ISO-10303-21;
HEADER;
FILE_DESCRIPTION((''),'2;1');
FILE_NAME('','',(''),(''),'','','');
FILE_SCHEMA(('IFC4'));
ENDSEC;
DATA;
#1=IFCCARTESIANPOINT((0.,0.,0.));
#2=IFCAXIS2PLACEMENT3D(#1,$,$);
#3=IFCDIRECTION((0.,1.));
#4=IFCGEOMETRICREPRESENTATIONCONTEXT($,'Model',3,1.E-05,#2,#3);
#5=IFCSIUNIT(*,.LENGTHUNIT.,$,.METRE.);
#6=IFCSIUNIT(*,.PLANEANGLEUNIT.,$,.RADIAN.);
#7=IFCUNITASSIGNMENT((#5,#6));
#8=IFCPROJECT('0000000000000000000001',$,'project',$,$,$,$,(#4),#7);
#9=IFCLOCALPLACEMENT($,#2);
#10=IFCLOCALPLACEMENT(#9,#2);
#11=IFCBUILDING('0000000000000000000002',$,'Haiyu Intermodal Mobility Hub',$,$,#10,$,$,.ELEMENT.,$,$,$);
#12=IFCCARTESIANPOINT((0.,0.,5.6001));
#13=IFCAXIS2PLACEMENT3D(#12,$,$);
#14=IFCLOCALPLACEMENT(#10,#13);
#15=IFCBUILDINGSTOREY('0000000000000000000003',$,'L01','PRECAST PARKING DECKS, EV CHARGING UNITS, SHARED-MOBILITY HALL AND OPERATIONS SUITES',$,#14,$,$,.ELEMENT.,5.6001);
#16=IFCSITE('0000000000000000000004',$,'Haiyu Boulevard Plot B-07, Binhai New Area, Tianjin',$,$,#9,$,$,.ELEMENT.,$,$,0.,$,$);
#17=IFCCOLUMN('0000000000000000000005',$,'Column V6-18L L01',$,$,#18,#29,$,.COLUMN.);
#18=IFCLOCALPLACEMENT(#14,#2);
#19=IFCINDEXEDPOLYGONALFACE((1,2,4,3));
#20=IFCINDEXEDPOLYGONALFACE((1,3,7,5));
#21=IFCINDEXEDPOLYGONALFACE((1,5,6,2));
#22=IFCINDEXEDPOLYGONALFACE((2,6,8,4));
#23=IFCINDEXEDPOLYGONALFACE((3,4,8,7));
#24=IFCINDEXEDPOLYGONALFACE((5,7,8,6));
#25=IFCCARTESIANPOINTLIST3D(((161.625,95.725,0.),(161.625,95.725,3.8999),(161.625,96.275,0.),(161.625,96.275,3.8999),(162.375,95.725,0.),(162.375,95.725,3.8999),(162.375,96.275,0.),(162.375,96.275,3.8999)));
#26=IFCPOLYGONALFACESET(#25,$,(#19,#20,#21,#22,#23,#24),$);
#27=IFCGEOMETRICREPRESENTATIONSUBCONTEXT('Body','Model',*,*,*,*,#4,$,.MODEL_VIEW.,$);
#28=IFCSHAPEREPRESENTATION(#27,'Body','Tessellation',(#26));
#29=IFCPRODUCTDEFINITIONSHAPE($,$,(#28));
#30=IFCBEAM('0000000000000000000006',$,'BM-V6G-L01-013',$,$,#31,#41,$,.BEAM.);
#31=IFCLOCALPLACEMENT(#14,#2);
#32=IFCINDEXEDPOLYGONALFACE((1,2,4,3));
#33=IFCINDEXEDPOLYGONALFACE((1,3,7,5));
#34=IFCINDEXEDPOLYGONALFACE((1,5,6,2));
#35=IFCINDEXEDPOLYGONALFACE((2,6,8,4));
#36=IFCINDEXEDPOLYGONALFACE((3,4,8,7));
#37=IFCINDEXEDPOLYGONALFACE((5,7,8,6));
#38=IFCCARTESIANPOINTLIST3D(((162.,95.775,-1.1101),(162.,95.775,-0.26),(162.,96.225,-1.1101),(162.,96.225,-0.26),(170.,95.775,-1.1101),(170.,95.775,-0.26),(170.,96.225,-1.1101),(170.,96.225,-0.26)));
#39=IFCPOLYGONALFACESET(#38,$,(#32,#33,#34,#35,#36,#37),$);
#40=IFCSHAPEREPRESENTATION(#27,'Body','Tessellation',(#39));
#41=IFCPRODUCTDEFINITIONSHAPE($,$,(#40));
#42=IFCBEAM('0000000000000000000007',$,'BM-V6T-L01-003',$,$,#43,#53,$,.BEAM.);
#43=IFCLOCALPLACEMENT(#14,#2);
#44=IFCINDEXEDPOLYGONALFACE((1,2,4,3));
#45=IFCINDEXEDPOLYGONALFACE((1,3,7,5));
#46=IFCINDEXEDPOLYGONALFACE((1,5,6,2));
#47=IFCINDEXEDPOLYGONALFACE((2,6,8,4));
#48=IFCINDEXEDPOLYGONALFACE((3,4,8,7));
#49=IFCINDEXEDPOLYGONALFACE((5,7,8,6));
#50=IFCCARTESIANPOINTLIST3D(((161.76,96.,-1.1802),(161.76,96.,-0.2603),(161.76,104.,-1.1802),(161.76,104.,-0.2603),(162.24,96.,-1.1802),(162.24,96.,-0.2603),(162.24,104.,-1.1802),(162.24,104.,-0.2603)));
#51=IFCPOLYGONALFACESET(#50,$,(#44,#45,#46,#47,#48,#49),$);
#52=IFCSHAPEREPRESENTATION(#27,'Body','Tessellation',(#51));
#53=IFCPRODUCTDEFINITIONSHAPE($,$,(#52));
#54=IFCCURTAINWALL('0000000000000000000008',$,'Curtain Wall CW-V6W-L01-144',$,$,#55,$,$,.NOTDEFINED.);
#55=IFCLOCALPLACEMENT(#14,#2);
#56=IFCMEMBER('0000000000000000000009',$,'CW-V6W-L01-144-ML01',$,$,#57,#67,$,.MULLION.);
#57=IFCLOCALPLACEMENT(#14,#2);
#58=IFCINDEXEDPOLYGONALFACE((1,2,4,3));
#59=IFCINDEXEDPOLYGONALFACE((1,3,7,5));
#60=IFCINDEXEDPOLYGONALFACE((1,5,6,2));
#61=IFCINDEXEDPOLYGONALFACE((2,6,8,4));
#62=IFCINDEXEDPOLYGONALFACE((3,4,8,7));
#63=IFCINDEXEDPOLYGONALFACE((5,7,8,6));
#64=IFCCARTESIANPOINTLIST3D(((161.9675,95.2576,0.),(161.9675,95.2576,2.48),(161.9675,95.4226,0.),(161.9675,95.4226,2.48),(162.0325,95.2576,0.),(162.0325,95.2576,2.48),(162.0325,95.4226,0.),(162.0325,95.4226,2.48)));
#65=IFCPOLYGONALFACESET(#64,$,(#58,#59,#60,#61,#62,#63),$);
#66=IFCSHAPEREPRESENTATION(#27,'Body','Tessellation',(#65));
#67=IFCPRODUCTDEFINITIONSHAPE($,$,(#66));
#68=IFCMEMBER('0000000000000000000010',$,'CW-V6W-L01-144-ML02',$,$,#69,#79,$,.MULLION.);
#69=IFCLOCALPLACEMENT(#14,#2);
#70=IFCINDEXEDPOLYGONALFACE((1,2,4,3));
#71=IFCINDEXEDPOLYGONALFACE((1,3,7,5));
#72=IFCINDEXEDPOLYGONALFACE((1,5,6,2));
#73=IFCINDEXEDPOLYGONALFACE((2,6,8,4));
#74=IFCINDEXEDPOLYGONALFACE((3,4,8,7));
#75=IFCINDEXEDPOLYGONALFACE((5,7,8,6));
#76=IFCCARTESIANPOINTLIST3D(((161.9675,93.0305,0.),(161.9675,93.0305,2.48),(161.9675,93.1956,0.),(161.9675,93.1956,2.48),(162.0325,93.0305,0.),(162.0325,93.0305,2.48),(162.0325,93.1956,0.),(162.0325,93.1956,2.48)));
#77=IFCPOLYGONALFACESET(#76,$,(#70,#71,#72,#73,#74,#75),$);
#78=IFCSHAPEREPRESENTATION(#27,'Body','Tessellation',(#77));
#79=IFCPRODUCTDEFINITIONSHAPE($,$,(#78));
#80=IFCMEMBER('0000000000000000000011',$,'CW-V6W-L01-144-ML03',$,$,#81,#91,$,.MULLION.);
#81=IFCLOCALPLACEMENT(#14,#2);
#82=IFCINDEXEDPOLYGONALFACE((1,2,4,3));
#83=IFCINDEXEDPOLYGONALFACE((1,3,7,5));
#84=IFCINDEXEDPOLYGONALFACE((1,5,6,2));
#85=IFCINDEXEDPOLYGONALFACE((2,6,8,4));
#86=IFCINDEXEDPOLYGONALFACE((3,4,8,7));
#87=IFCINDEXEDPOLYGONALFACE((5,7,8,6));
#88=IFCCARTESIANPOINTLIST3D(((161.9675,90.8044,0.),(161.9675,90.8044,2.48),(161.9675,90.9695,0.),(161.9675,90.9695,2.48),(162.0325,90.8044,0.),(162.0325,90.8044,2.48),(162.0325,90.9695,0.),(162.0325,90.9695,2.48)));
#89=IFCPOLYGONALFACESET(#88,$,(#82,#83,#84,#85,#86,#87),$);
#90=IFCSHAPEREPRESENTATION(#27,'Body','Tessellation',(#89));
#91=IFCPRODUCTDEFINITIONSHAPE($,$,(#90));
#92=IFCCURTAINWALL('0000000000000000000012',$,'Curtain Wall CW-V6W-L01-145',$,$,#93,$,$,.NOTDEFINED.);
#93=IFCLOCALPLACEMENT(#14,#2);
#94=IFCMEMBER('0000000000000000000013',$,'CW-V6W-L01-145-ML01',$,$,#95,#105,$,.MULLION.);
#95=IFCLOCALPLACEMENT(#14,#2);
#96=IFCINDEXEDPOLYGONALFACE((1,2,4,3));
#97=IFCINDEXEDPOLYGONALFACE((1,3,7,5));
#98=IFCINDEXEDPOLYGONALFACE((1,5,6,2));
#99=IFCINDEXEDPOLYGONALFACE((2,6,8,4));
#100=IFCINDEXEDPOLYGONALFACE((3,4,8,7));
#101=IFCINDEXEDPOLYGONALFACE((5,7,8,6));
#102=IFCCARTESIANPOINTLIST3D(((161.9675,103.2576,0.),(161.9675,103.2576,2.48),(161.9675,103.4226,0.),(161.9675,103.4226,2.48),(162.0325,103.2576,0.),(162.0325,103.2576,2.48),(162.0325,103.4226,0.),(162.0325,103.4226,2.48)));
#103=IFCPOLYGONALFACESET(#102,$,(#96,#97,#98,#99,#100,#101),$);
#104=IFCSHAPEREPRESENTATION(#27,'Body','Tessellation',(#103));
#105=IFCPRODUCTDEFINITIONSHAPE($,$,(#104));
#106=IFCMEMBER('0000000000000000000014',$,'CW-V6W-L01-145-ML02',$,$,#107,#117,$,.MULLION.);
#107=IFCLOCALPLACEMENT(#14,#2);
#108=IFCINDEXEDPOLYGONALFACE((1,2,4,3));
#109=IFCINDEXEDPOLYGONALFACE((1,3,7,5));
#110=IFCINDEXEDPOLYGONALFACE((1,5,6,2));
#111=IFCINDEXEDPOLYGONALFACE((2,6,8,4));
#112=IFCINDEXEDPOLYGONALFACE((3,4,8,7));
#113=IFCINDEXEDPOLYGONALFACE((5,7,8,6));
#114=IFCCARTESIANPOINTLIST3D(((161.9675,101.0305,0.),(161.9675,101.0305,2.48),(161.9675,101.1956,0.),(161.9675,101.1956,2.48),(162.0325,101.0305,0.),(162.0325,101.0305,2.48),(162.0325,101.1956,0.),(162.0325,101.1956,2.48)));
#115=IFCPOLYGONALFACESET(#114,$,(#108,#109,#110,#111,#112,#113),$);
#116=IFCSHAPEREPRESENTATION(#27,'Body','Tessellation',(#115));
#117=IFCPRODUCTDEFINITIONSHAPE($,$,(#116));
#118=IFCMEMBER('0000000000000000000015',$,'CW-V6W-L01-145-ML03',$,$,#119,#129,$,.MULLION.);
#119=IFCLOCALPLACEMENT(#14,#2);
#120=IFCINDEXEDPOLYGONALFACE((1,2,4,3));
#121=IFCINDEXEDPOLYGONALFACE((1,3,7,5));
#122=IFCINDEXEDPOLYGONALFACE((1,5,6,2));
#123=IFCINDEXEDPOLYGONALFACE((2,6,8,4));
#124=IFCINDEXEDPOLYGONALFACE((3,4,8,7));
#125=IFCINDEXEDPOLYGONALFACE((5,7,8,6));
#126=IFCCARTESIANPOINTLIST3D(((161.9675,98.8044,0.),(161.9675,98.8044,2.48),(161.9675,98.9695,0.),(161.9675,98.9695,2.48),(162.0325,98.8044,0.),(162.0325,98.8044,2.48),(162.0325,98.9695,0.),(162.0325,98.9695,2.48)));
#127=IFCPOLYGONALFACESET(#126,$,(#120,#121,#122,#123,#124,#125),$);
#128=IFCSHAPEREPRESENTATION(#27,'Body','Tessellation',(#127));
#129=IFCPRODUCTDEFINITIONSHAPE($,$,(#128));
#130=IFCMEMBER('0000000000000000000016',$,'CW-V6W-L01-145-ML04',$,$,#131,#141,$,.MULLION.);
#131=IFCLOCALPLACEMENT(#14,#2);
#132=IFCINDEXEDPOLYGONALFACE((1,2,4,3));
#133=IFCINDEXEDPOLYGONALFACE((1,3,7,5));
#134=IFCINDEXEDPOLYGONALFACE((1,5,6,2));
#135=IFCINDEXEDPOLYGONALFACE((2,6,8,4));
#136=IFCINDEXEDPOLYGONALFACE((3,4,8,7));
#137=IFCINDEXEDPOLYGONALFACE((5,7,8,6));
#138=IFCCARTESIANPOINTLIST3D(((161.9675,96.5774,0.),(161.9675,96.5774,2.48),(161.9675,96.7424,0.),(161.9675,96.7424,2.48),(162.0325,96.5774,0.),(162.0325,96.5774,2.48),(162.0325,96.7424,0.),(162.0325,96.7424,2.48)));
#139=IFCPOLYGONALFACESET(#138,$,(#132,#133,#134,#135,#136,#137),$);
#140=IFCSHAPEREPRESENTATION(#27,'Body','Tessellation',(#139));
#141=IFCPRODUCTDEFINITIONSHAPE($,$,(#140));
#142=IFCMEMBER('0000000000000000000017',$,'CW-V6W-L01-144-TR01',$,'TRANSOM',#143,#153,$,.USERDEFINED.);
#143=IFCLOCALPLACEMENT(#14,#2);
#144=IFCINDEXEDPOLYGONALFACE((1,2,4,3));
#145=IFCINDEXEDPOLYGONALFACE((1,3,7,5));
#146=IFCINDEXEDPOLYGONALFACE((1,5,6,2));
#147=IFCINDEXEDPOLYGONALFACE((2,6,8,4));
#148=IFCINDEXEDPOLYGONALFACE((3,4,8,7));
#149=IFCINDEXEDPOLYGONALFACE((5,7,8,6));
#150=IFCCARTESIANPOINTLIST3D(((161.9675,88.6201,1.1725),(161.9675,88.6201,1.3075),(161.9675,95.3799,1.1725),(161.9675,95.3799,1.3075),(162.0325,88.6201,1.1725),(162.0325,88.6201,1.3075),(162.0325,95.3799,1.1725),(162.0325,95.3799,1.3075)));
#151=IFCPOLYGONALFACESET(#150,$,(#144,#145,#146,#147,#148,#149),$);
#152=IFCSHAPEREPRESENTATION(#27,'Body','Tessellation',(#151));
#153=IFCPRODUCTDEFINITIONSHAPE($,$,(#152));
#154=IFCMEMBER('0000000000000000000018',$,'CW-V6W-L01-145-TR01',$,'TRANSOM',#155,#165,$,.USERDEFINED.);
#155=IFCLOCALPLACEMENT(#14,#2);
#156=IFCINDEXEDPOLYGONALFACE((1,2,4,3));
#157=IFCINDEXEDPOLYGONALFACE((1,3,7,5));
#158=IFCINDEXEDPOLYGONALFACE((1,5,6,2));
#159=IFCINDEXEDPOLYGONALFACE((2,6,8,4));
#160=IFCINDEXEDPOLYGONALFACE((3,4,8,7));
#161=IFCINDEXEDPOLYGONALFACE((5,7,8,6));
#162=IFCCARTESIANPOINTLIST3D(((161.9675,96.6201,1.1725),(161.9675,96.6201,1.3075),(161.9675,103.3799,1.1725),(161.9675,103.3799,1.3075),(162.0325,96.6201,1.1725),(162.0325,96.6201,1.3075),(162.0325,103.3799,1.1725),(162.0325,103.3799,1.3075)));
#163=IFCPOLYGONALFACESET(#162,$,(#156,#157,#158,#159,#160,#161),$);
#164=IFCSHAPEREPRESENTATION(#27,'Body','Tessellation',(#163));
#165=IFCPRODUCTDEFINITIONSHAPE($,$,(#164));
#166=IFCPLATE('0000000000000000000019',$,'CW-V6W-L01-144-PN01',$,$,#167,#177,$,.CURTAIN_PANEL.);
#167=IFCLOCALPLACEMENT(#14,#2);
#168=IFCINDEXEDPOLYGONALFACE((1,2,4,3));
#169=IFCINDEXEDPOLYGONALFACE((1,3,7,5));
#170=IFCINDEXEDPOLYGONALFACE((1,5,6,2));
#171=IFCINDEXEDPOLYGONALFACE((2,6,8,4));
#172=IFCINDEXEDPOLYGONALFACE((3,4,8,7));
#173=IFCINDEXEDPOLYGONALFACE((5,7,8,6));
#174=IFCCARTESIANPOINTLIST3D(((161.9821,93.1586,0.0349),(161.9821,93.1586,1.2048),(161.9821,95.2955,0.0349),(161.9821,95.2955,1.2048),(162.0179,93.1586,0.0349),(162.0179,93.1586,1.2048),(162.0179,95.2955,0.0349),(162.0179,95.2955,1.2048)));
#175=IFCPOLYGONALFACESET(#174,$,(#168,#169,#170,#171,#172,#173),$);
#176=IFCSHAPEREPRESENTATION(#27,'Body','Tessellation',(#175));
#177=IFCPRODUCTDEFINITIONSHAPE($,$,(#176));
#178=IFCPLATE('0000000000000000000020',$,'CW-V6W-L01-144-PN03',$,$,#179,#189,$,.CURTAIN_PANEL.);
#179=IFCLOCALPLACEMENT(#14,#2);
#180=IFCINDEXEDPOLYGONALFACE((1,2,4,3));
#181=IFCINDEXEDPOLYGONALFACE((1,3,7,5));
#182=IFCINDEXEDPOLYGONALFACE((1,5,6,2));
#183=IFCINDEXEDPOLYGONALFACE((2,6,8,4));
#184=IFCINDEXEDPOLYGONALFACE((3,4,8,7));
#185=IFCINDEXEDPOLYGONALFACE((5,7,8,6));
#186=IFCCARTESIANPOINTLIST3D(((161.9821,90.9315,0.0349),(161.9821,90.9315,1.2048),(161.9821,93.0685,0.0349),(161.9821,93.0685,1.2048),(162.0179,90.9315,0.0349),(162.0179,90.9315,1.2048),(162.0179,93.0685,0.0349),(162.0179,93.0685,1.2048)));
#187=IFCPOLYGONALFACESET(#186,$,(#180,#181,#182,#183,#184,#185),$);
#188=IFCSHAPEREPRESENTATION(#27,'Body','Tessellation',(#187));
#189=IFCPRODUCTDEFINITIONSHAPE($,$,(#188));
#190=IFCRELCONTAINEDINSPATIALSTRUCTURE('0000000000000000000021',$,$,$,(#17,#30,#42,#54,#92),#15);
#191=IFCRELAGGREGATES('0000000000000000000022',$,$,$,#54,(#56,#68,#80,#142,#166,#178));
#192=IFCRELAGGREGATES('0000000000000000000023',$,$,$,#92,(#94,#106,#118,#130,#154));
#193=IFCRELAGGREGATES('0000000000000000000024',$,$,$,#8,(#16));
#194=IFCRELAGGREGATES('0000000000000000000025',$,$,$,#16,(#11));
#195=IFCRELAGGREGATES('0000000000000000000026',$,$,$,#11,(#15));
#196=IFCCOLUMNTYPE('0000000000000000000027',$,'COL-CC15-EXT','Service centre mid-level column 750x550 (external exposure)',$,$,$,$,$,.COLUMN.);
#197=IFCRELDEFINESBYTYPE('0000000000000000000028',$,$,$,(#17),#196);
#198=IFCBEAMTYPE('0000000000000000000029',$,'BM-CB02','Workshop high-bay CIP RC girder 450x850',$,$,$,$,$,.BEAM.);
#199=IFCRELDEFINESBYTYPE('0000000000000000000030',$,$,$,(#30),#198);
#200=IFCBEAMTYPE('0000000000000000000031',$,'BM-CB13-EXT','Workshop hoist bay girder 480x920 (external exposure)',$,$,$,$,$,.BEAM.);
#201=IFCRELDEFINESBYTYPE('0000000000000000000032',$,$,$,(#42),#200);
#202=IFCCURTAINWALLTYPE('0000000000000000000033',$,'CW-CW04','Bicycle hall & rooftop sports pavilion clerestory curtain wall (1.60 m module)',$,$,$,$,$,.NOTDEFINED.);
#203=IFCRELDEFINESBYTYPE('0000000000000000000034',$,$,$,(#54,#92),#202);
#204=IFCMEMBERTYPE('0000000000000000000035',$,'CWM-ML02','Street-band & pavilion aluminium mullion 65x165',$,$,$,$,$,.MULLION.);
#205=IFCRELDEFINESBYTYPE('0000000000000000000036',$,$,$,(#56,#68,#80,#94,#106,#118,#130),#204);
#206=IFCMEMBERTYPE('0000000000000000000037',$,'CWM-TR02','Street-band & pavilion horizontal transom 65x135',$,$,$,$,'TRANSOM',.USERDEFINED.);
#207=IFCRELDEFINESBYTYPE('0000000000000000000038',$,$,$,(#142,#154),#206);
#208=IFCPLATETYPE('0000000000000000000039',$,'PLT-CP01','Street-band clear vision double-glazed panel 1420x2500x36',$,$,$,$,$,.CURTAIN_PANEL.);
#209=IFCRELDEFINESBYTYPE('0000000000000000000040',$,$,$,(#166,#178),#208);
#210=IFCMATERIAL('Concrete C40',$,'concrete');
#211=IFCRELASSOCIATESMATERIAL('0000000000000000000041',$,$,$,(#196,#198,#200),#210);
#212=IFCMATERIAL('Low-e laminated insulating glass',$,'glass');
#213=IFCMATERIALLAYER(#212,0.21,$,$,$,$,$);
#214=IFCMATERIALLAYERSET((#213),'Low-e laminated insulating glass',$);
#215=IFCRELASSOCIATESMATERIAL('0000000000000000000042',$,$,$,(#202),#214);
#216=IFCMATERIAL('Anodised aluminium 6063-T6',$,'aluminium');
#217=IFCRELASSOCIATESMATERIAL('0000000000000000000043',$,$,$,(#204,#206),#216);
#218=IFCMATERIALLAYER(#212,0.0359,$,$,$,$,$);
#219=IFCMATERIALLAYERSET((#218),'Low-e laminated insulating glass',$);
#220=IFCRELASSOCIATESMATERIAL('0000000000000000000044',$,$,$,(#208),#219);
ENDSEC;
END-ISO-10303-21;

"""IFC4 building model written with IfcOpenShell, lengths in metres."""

from ifc_helpers import new_model, si_unit, direction, frame, origin, origin_2d, place, context, subcontext, project, spatial, rectangle, extrude, material, layer, layer_set, material_profile, profile_set, type_object, element, aggregate, save


model = new_model("IFC4")

# Units and contexts
model_context = context("Model", 3, precision=1e-05, world=origin(), true_north=direction((0.0, 1.0)))
body_context = subcontext(model_context, "Body", "Model", "MODEL_VIEW")
ifc_project = project(units=[si_unit("LENGTHUNIT", "METRE"), si_unit("PLANEANGLEUNIT", "RADIAN")], contexts=[model_context])

# Site, building, storey
site_placement = place(None, origin())
site = spatial("IfcSite", under=ifc_project, at=site_placement, Name="Haiyu Boulevard Plot B-07, Binhai New Area, Tianjin", CompositionType="ELEMENT", RefElevation=0.0)
building_placement = place(site_placement, origin())
building = spatial("IfcBuilding", under=site, at=building_placement, Name="Haiyu Intermodal Mobility Hub", CompositionType="ELEMENT")
storey_placement = place(building_placement, frame((0.0, 0.0, 5.6001)))
storey = spatial("IfcBuildingStorey", under=building, at=storey_placement, Name="L01", Description="PRECAST PARKING DECKS, EV CHARGING UNITS, SHARED-MOBILITY HALL AND OPERATIONS SUITES", CompositionType="ELEMENT", Elevation=5.6001)

# Column
ifc_material_1 = material(Name="Concrete C40", Category="concrete")
ifc_material_profile_1 = material_profile(ifc_material_1, rectangle(XDim=0.75, YDim=0.55, at=origin_2d()), Name="C750x550")
ifc_profile_set_1 = profile_set([ifc_material_profile_1], Name="Concrete C40")
column_type = type_object("IfcColumnType", Name="COL-CC15-EXT", Description="Service centre mid-level column 750x550 (external exposure)", PredefinedType="COLUMN", material=ifc_profile_set_1)
column_placement = place(storey_placement, frame((162.0, 96.0, 0.0), z_axis=(0.0, 0.0, 1.0), x_axis=(1.0, 0.0, 0.0)))
element("IfcColumn", 1, at=column_placement, inside=storey, type_object=column_type, Name="Column V6-18L L01", PredefinedType="COLUMN", context=body_context, shape_type="SweptSolid", body=[
    extrude(rectangle(XDim=0.75, YDim=0.55, at=origin_2d()), origin(), (0.0, 0.0, 1.0), 3.8999),
])

# Beams
ifc_material_profile_2 = material_profile(ifc_material_1, rectangle(XDim=0.45, YDim=0.8501, at=origin_2d()), Name="RCB450x850")
ifc_profile_set_2 = profile_set([ifc_material_profile_2], Name="Concrete C40")
beam_type_1 = type_object("IfcBeamType", Name="BM-CB02", Description="Workshop high-bay CIP RC girder 450x850", PredefinedType="BEAM", material=ifc_profile_set_2)
beam_1_placement = place(storey_placement, frame((162.0, 96.0, -0.6851), z_axis=(1.0, 0.0, 0.0), x_axis=(0.0, 1.0, 0.0)))
element("IfcBeam", 2, at=beam_1_placement, inside=storey, type_object=beam_type_1, Name="BM-V6G-L01-013", PredefinedType="BEAM", context=body_context, shape_type="SweptSolid", body=[
    extrude(rectangle(XDim=0.45, YDim=0.8501, at=origin_2d()), origin(), (0.0, 0.0, 1.0), 8.0),
])
ifc_material_profile_3 = material_profile(ifc_material_1, rectangle(XDim=0.48, YDim=0.9199, at=origin_2d()), Name="B480x920")
ifc_profile_set_3 = profile_set([ifc_material_profile_3], Name="Concrete C40")
beam_type_2 = type_object("IfcBeamType", Name="BM-CB13-EXT", Description="Workshop hoist bay girder 480x920 (external exposure)", PredefinedType="BEAM", material=ifc_profile_set_3)
beam_2_placement = place(storey_placement, frame((162.0, 96.0, -0.7202), z_axis=(0.0, 1.0, 0.0), x_axis=(-1.0, 0.0, 0.0)))
element("IfcBeam", 3, at=beam_2_placement, inside=storey, type_object=beam_type_2, Name="BM-V6T-L01-003", PredefinedType="BEAM", context=body_context, shape_type="SweptSolid", body=[
    extrude(rectangle(XDim=0.48, YDim=0.9199, at=origin_2d()), origin(), (0.0, 0.0, 1.0), 8.0),
])

# Curtain walls, members
ifc_material_2 = material(Name="Low-e laminated insulating glass", Category="glass")
ifc_layer_1 = layer(ifc_material_2, 0.21)
ifc_layer_set_1 = layer_set([ifc_layer_1], Name="Low-e laminated insulating glass")
curtain_wall_type = type_object("IfcCurtainWallType", Name="CW-CW04", Description="Bicycle hall & rooftop sports pavilion clerestory curtain wall (1.60 m module)", PredefinedType="NOTDEFINED", material=ifc_layer_set_1)
curtain_wall_1_placement = place(storey_placement, origin())
curtain_wall_1 = element("IfcCurtainWall", 4, at=curtain_wall_1_placement, inside=storey, type_object=curtain_wall_type, Name="Curtain Wall CW-V6W-L01-144", PredefinedType="NOTDEFINED")
ifc_material_3 = material(Name="Anodised aluminium 6063-T6", Category="aluminium")
ifc_material_profile_4 = material_profile(ifc_material_3, rectangle(XDim=0.0649, YDim=0.165, at=origin_2d()), Name="ALU65x165")
ifc_profile_set_4 = profile_set([ifc_material_profile_4], Name="Anodised aluminium 6063-T6")
member_type_1 = type_object("IfcMemberType", Name="CWM-ML02", Description="Street-band & pavilion aluminium mullion 65x165", PredefinedType="MULLION", material=ifc_profile_set_4)
member_1_placement = place(storey_placement, frame((162.0, 95.3401, 0.0), z_axis=(0.0, 0.0, 1.0), x_axis=(1.0, 0.0, 0.0)))
member_1 = element("IfcMember", 5, at=member_1_placement, type_object=member_type_1, Name="CW-V6W-L01-144-ML01", PredefinedType="MULLION", context=body_context, shape_type="SweptSolid", body=[
    extrude(rectangle(XDim=0.0649, YDim=0.165, at=origin_2d()), origin(), (0.0, 0.0, 1.0), 2.48),
])
member_2_placement = place(storey_placement, frame((162.0, 93.113, 0.0), z_axis=(0.0, 0.0, 1.0), x_axis=(1.0, 0.0, 0.0)))
member_2 = element("IfcMember", 6, at=member_2_placement, type_object=member_type_1, Name="CW-V6W-L01-144-ML02", PredefinedType="MULLION", context=body_context, shape_type="SweptSolid", body=[
    extrude(rectangle(XDim=0.0649, YDim=0.165, at=origin_2d()), origin(), (0.0, 0.0, 1.0), 2.48),
])
member_3_placement = place(storey_placement, frame((162.0, 90.887, 0.0), z_axis=(0.0, 0.0, 1.0), x_axis=(1.0, 0.0, 0.0)))
member_3 = element("IfcMember", 7, at=member_3_placement, type_object=member_type_1, Name="CW-V6W-L01-144-ML03", PredefinedType="MULLION", context=body_context, shape_type="SweptSolid", body=[
    extrude(rectangle(XDim=0.0649, YDim=0.165, at=origin_2d()), origin(), (0.0, 0.0, 1.0), 2.48),
])
curtain_wall_2_placement = place(storey_placement, origin())
curtain_wall_2 = element("IfcCurtainWall", 8, at=curtain_wall_2_placement, inside=storey, type_object=curtain_wall_type, Name="Curtain Wall CW-V6W-L01-145", PredefinedType="NOTDEFINED")
member_4_placement = place(storey_placement, frame((162.0, 103.3401, 0.0), z_axis=(0.0, 0.0, 1.0), x_axis=(1.0, 0.0, 0.0)))
member_4 = element("IfcMember", 9, at=member_4_placement, type_object=member_type_1, Name="CW-V6W-L01-145-ML01", PredefinedType="MULLION", context=body_context, shape_type="SweptSolid", body=[
    extrude(rectangle(XDim=0.0649, YDim=0.165, at=origin_2d()), origin(), (0.0, 0.0, 1.0), 2.48),
])
member_5_placement = place(storey_placement, frame((162.0, 101.113, 0.0), z_axis=(0.0, 0.0, 1.0), x_axis=(1.0, 0.0, 0.0)))
member_5 = element("IfcMember", 10, at=member_5_placement, type_object=member_type_1, Name="CW-V6W-L01-145-ML02", PredefinedType="MULLION", context=body_context, shape_type="SweptSolid", body=[
    extrude(rectangle(XDim=0.0649, YDim=0.165, at=origin_2d()), origin(), (0.0, 0.0, 1.0), 2.48),
])
member_6_placement = place(storey_placement, frame((162.0, 98.887, 0.0), z_axis=(0.0, 0.0, 1.0), x_axis=(1.0, 0.0, 0.0)))
member_6 = element("IfcMember", 11, at=member_6_placement, type_object=member_type_1, Name="CW-V6W-L01-145-ML03", PredefinedType="MULLION", context=body_context, shape_type="SweptSolid", body=[
    extrude(rectangle(XDim=0.0649, YDim=0.165, at=origin_2d()), origin(), (0.0, 0.0, 1.0), 2.48),
])
member_7_placement = place(storey_placement, frame((162.0, 96.6599, 0.0), z_axis=(0.0, 0.0, 1.0), x_axis=(1.0, 0.0, 0.0)))
member_7 = element("IfcMember", 12, at=member_7_placement, type_object=member_type_1, Name="CW-V6W-L01-145-ML04", PredefinedType="MULLION", context=body_context, shape_type="SweptSolid", body=[
    extrude(rectangle(XDim=0.0649, YDim=0.165, at=origin_2d()), origin(), (0.0, 0.0, 1.0), 2.48),
])

# Members
ifc_material_profile_5 = material_profile(ifc_material_3, rectangle(XDim=0.0649, YDim=0.135, at=origin_2d()), Name="ALU65x135")
ifc_profile_set_5 = profile_set([ifc_material_profile_5], Name="Anodised aluminium 6063-T6")
member_type_2 = type_object("IfcMemberType", Name="CWM-TR02", Description="Street-band & pavilion horizontal transom 65x135", ElementType="TRANSOM", PredefinedType="USERDEFINED", material=ifc_profile_set_5)
member_8_placement = place(storey_placement, frame((162.0, 95.3799, 1.24), z_axis=(0.0, -1.0, 0.0), x_axis=(1.0, 0.0, 0.0)))
member_8 = element("IfcMember", 13, at=member_8_placement, type_object=member_type_2, Name="CW-V6W-L01-144-TR01", ObjectType="TRANSOM", PredefinedType="USERDEFINED", context=body_context, shape_type="SweptSolid", body=[
    extrude(rectangle(XDim=0.0649, YDim=0.135, at=origin_2d()), origin(), (0.0, 0.0, 1.0), 6.7598),
])
member_9_placement = place(storey_placement, frame((162.0, 103.3799, 1.24), z_axis=(0.0, -1.0, 0.0), x_axis=(1.0, 0.0, 0.0)))
member_9 = element("IfcMember", 14, at=member_9_placement, type_object=member_type_2, Name="CW-V6W-L01-145-TR01", ObjectType="TRANSOM", PredefinedType="USERDEFINED", context=body_context, shape_type="SweptSolid", body=[
    extrude(rectangle(XDim=0.0649, YDim=0.135, at=origin_2d()), origin(), (0.0, 0.0, 1.0), 6.7598),
])

# Plates
ifc_layer_2 = layer(ifc_material_2, 0.0359)
ifc_layer_set_2 = layer_set([ifc_layer_2], Name="Low-e laminated insulating glass")
plate_type_1 = type_object("IfcPlateType", Name="PLT-CP01", Description="Street-band clear vision double-glazed panel 1420x2500x36", PredefinedType="CURTAIN_PANEL", material=ifc_layer_set_2)
plate_1_placement = place(storey_placement, frame((162.0, 94.2271, 0.0349), z_axis=(0.0, 0.0, 1.0), x_axis=(0.0, -1.0, 0.0)))
plate_1 = element("IfcPlate", 15, at=plate_1_placement, type_object=plate_type_1, Name="CW-V6W-L01-144-PN01", PredefinedType="CURTAIN_PANEL", context=body_context, shape_type="SweptSolid", body=[
    extrude(rectangle(XDim=2.137, YDim=0.0359, at=origin_2d()), origin(), (0.0, 0.0, 1.0), 1.1699),
])
plate_2_placement = place(storey_placement, frame((162.0, 92.0, 0.0349), z_axis=(0.0, 0.0, 1.0), x_axis=(0.0, -1.0, 0.0)))
plate_2 = element("IfcPlate", 16, at=plate_2_placement, type_object=plate_type_1, Name="CW-V6W-L01-144-PN03", PredefinedType="CURTAIN_PANEL", context=body_context, shape_type="SweptSolid", body=[
    extrude(rectangle(XDim=2.137, YDim=0.0359, at=origin_2d()), origin(), (0.0, 0.0, 1.0), 1.1699),
])
aggregate(curtain_wall_1, [member_1, member_2, member_3, member_8, plate_1, plate_2])
aggregate(curtain_wall_2, [member_4, member_5, member_6, member_7, member_9])

save(model, "model.ifc")
